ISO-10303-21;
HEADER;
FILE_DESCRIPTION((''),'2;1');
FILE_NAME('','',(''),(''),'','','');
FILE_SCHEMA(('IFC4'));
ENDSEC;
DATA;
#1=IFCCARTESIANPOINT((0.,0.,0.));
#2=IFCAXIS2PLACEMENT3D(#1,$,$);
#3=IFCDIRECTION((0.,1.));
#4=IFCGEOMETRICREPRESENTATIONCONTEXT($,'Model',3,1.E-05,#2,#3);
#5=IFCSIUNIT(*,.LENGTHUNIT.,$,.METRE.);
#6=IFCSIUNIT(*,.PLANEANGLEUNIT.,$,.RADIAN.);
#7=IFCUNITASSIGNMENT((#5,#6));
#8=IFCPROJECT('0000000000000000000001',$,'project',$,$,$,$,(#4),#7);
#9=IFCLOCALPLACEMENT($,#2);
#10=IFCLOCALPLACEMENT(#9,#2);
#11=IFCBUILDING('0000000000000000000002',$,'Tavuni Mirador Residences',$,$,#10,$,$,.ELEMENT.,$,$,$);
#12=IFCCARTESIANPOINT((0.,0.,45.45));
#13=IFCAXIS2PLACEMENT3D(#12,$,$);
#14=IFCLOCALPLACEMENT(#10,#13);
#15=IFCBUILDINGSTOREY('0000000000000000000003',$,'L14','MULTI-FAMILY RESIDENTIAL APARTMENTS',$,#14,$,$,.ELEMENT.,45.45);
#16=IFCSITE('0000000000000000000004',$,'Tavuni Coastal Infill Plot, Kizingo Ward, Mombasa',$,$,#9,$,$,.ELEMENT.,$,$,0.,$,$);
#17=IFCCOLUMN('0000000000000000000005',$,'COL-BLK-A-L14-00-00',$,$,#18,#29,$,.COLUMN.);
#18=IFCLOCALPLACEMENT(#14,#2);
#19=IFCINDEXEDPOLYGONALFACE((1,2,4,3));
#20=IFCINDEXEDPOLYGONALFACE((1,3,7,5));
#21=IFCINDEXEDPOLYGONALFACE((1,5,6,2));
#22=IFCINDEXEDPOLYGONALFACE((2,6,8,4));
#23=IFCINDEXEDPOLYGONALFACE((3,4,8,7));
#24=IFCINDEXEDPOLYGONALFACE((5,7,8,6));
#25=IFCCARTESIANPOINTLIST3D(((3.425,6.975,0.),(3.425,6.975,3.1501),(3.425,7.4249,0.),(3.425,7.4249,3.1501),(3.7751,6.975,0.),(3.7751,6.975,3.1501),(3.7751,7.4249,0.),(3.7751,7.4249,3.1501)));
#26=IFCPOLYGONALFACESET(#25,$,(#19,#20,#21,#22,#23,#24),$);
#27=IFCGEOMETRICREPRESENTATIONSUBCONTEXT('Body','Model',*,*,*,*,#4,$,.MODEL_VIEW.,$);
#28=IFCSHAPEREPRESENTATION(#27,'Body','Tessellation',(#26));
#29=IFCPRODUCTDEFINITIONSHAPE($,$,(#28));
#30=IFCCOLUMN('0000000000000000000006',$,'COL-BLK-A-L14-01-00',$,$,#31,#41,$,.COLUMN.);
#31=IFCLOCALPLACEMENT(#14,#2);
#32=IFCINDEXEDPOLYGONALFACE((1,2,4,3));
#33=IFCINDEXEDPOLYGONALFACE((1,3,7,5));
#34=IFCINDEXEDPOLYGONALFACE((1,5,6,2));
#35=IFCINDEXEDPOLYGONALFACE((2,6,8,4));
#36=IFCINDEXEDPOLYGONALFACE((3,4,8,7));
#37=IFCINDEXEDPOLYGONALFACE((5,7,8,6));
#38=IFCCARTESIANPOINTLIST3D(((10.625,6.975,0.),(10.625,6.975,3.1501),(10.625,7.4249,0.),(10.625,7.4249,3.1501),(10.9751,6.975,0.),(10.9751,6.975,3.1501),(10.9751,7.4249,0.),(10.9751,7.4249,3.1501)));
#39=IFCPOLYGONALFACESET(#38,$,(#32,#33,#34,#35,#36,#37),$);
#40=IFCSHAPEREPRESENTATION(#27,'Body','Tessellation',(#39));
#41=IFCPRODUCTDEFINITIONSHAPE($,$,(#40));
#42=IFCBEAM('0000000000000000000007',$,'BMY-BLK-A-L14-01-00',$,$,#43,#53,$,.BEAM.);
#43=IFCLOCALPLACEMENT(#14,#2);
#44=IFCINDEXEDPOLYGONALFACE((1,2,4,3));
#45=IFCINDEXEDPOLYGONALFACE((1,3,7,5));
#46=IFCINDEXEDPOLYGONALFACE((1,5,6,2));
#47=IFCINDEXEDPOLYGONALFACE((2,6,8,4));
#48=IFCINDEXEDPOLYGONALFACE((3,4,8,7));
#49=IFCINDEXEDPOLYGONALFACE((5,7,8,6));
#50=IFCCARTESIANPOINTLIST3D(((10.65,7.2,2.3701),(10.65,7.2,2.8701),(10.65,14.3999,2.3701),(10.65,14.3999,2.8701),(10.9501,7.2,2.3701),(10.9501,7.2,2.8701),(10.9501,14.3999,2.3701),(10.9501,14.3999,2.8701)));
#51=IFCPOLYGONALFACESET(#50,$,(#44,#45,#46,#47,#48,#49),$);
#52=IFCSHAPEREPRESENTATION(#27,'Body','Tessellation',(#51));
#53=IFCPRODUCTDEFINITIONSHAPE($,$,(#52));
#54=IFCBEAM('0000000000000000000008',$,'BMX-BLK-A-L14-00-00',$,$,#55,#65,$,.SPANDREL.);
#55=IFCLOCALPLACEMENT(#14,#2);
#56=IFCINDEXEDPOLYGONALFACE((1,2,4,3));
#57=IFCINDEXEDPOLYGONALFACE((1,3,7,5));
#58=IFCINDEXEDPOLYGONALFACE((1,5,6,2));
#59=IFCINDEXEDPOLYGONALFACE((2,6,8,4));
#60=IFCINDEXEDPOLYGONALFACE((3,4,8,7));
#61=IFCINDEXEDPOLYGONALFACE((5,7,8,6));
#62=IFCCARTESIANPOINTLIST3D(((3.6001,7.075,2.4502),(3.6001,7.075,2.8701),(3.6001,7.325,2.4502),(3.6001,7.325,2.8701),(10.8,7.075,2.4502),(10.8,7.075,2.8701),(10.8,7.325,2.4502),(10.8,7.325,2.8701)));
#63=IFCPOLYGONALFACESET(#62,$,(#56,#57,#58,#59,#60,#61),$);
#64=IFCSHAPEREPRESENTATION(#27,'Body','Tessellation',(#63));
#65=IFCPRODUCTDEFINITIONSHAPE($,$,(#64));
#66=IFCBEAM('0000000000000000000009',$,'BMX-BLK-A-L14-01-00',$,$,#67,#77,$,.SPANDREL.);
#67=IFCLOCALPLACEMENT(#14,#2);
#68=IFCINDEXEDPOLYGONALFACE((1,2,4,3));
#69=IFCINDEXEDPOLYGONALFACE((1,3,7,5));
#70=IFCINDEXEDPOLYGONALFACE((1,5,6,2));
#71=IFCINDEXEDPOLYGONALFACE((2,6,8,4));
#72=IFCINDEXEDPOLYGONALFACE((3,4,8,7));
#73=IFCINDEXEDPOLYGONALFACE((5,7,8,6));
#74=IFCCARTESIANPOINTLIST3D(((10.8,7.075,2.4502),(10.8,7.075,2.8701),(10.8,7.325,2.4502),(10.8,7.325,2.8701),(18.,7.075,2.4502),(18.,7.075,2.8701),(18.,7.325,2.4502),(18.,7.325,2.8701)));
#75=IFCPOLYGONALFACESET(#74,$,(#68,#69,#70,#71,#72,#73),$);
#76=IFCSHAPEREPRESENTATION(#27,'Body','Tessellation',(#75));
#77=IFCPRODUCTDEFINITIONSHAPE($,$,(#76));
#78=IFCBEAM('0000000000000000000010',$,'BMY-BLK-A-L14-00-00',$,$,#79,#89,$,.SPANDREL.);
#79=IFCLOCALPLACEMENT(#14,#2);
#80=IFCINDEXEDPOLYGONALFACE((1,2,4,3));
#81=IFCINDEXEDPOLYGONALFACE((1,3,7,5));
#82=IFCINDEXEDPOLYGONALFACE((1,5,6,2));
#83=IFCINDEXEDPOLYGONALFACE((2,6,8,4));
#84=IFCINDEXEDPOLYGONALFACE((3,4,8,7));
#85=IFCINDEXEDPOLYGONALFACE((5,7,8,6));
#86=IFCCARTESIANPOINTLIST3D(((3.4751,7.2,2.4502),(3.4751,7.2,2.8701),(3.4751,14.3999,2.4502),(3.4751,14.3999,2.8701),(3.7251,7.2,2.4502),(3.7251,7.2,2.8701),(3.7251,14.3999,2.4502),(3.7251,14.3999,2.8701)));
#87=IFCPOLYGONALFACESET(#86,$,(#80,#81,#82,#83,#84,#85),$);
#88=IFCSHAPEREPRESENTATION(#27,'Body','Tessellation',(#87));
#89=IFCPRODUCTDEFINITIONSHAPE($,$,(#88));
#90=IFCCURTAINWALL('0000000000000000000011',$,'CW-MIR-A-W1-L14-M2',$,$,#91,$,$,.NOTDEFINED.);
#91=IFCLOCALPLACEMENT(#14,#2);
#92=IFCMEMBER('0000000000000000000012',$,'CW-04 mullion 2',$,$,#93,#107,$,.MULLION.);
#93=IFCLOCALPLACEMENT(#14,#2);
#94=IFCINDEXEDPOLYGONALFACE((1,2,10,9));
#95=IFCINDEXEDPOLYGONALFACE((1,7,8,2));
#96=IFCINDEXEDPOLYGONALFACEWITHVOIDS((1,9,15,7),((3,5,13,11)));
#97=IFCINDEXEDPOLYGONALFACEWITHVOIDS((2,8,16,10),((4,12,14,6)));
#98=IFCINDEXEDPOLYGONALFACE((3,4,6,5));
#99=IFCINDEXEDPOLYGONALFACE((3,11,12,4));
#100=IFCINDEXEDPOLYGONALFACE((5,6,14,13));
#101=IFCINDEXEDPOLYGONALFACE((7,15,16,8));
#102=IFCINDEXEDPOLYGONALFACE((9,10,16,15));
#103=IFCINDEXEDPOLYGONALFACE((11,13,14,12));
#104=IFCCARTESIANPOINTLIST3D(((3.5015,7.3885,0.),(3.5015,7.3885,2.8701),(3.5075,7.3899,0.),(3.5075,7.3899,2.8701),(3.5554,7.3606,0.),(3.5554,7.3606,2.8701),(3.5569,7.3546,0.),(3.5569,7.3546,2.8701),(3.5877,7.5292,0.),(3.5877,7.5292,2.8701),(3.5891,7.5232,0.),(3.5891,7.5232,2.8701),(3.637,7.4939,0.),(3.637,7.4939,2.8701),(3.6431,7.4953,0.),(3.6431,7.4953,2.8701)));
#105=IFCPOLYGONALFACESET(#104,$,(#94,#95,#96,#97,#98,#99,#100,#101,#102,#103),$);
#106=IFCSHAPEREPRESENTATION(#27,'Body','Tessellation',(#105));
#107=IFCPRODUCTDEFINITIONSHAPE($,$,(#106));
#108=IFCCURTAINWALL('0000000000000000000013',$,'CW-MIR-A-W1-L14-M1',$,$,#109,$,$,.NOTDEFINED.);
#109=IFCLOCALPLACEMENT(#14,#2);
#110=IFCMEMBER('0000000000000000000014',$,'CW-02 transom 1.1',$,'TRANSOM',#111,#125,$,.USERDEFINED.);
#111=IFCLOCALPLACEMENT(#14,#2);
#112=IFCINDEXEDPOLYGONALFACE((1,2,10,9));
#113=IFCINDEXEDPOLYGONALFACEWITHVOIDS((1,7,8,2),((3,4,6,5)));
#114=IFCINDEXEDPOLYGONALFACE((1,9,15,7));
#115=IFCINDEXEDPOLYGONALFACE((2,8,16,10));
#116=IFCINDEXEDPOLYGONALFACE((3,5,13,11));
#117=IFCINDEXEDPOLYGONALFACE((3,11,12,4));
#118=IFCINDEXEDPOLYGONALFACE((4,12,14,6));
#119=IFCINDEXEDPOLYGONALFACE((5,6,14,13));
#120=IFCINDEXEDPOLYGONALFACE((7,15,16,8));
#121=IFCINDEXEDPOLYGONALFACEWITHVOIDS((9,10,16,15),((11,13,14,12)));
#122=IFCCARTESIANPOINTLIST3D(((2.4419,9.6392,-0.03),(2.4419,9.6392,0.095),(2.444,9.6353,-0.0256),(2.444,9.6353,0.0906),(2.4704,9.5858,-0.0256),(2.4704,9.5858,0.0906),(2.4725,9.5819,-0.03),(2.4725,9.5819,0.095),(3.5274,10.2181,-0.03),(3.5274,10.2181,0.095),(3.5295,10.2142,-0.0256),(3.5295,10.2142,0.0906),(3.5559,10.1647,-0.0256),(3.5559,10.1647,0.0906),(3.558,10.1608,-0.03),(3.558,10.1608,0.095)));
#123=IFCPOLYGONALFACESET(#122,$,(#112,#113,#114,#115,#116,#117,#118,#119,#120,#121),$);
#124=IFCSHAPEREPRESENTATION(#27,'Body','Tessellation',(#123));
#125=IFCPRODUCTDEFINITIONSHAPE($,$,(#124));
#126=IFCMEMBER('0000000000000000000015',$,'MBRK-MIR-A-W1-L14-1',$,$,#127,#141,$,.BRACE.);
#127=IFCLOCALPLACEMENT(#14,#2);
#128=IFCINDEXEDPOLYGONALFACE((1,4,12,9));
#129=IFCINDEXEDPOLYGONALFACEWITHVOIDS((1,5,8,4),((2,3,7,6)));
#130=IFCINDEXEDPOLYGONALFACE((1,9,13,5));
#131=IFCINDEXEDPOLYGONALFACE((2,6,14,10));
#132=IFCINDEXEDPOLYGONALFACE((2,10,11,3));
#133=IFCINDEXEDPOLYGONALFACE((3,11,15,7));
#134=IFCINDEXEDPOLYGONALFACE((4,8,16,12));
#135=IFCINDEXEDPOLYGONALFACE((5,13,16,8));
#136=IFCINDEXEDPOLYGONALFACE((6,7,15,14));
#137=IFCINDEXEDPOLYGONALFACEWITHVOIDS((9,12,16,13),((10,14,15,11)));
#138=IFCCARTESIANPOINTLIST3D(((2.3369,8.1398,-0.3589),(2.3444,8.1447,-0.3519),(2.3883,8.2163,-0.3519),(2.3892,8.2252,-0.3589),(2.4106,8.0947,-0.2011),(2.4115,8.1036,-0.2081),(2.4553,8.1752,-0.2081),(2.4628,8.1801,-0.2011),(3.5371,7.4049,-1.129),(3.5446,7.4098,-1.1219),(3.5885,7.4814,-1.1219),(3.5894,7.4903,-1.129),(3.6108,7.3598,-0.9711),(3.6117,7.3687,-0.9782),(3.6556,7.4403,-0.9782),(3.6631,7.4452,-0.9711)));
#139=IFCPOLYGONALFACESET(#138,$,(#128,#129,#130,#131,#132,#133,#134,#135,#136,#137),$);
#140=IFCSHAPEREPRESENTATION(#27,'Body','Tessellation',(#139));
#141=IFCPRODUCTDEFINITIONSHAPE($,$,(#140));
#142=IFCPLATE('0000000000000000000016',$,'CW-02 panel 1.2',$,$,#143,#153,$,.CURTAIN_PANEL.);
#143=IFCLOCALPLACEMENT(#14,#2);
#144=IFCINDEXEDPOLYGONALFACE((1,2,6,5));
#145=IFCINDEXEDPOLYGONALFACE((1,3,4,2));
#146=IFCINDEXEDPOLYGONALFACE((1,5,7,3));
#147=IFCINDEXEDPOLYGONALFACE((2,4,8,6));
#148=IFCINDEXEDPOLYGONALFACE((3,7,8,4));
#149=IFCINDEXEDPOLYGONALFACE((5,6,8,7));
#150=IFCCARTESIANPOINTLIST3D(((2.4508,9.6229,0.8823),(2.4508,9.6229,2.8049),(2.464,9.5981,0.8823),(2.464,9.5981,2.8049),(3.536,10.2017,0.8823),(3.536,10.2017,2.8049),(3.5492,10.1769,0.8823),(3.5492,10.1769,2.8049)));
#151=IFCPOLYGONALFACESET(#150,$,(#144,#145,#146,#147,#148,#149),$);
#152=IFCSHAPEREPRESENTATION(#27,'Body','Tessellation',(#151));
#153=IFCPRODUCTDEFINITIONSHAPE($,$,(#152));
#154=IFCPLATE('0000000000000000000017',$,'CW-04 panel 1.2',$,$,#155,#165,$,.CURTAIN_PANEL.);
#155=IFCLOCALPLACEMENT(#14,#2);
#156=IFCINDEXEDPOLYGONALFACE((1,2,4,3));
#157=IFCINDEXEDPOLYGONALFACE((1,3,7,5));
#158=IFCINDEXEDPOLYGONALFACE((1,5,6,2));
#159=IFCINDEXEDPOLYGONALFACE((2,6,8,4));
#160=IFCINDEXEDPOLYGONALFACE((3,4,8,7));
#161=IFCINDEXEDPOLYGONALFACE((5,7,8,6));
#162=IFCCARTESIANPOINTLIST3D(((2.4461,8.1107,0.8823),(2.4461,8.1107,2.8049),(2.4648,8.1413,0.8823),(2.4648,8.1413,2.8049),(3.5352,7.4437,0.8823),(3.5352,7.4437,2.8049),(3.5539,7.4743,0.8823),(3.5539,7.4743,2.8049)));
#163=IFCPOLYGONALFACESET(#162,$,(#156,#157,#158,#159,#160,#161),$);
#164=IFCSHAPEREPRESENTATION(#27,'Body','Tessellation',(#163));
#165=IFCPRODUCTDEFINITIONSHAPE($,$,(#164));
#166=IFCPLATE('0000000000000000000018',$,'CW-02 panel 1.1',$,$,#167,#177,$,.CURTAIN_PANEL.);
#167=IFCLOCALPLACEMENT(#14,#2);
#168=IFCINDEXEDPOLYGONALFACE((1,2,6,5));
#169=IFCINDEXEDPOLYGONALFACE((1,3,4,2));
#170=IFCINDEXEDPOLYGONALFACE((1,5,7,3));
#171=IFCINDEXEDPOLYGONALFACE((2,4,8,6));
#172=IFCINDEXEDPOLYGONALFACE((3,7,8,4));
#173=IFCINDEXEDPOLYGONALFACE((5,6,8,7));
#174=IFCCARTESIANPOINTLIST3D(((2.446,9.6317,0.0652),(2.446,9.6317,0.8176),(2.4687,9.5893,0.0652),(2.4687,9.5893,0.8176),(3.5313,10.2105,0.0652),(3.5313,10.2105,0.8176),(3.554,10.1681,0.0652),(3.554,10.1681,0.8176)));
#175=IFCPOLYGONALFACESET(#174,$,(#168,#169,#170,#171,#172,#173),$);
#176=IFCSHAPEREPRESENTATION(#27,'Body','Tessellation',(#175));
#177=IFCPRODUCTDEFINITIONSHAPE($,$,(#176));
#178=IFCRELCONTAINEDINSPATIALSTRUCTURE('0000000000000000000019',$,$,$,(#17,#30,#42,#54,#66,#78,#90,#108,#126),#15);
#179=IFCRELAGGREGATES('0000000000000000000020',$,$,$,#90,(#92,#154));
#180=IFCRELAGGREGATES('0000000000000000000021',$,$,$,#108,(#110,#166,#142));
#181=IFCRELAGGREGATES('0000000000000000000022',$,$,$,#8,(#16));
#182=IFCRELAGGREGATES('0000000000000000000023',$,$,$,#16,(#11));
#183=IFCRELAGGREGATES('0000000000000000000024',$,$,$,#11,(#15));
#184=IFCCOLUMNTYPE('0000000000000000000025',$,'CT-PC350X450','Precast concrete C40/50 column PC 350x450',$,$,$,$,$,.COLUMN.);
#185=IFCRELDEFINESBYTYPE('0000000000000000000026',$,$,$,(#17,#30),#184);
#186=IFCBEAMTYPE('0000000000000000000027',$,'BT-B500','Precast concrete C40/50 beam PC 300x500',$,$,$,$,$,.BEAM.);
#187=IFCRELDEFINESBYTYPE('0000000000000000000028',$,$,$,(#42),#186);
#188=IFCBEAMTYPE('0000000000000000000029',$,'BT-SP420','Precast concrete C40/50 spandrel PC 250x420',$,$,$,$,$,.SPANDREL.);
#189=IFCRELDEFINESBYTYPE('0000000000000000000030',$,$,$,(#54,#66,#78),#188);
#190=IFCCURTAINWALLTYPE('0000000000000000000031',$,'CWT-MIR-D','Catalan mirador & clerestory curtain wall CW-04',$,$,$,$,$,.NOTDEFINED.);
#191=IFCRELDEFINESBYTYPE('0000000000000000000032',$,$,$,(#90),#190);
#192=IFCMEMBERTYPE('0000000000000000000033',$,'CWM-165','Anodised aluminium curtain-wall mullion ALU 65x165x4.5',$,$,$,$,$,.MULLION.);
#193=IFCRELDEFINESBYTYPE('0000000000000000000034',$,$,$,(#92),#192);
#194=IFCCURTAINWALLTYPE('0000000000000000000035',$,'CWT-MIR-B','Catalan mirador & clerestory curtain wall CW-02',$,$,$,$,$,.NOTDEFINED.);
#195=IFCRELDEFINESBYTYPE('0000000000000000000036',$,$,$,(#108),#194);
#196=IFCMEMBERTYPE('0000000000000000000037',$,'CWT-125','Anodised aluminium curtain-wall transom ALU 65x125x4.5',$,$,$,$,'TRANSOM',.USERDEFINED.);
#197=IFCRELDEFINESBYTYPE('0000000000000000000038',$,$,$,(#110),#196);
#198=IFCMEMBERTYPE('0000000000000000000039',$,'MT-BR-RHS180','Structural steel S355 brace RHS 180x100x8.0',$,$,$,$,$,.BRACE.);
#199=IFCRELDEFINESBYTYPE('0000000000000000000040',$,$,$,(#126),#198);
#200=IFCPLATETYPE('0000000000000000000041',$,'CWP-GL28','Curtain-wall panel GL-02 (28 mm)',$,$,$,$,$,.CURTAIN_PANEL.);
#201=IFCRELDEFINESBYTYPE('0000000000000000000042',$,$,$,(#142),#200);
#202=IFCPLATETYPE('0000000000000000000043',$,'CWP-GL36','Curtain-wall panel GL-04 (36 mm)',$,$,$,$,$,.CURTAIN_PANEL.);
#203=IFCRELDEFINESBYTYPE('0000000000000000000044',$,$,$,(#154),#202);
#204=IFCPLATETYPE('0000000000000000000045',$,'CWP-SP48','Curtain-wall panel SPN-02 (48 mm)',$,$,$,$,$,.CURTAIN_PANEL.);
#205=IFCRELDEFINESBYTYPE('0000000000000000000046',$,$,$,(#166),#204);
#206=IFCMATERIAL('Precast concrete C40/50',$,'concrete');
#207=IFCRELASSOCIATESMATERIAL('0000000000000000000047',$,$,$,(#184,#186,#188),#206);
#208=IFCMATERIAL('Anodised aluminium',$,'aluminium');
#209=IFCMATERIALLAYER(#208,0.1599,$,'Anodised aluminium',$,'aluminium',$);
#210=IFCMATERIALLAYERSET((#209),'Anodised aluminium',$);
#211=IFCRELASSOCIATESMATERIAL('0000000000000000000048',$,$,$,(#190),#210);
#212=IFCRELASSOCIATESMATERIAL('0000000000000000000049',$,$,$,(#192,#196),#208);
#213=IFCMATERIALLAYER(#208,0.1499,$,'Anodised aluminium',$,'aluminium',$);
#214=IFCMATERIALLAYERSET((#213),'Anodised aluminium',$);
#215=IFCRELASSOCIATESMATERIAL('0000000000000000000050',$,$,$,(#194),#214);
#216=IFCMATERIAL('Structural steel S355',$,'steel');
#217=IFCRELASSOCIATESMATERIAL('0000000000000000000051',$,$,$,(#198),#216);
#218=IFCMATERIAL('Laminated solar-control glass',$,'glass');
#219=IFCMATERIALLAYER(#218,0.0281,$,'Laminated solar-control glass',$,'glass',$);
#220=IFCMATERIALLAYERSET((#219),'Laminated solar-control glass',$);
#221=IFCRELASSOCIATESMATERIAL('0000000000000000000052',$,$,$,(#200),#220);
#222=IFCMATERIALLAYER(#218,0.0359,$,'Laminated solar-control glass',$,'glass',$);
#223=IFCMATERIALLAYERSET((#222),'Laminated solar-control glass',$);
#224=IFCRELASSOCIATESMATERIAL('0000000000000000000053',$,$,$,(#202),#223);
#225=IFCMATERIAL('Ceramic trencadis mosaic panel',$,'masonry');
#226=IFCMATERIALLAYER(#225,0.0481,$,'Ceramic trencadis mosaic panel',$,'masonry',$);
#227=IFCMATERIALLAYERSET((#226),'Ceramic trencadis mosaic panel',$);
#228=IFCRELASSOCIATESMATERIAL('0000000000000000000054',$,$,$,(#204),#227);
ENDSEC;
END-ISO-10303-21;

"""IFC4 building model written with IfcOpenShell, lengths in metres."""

from ifc_helpers import new_model, si_unit, direction, frame, origin, origin_2d, place, context, subcontext, project, spatial, rectangle, hollow_rectangle, extrude, material, layer, layer_set, material_profile, profile_set, type_object, element, aggregate, save


model = new_model("IFC4")

# Units and contexts
model_context = context("Model", 3, precision=1e-05, world=origin(), true_north=direction((0.0, 1.0)))
body_context = subcontext(model_context, "Body", "Model", "MODEL_VIEW")
ifc_project = project(units=[si_unit("LENGTHUNIT", "METRE"), si_unit("PLANEANGLEUNIT", "RADIAN")], contexts=[model_context])

# Site, building, storey
site_placement = place(None, origin())
site = spatial("IfcSite", under=ifc_project, at=site_placement, Name="Tavuni Coastal Infill Plot, Kizingo Ward, Mombasa", CompositionType="ELEMENT", RefElevation=0.0)
building_placement = place(site_placement, origin())
building = spatial("IfcBuilding", under=site, at=building_placement, Name="Tavuni Mirador Residences", CompositionType="ELEMENT")
storey_placement = place(building_placement, frame((0.0, 0.0, 45.45)))
storey = spatial("IfcBuildingStorey", under=building, at=storey_placement, Name="L14", Description="MULTI-FAMILY RESIDENTIAL APARTMENTS", CompositionType="ELEMENT", Elevation=45.45)

# Columns
ifc_material_1 = material(Name="Precast concrete C40/50", Category="concrete")
ifc_material_profile_1 = material_profile(ifc_material_1, rectangle(XDim=0.3501, YDim=0.45, at=origin_2d()), Name="PC 350x450", Category="concrete")
ifc_profile_set_1 = profile_set([ifc_material_profile_1], Name="Precast concrete C40/50")
column_type = type_object("IfcColumnType", Name="CT-PC350X450", Description="Precast concrete C40/50 column PC 350x450", PredefinedType="COLUMN", material=ifc_profile_set_1)
for number, where, z_axis, x_axis, name in (
    (1, (3.6001, 7.2, 0.0), (0.0, 0.0, 1.0), (1.0, 0.0, 0.0), "COL-BLK-A-L14-00-00"),
    (2, (10.8, 7.2, 0.0), (0.0, 0.0, 1.0), (1.0, 0.0, 0.0), "COL-BLK-A-L14-01-00"),
):
    element("IfcColumn", number, at=place(storey_placement, frame(where, z_axis=z_axis, x_axis=x_axis)), inside=storey, type_object=column_type, Name=name, PredefinedType="COLUMN", context=body_context, shape_type="SweptSolid", body=[
        extrude(rectangle(XDim=0.3501, YDim=0.45, at=origin_2d()), origin(), (0.0, 0.0, 1.0), 3.1501),
    ])

# Beams
ifc_material_profile_2 = material_profile(ifc_material_1, rectangle(XDim=0.3, YDim=0.5, at=origin_2d()), Name="PC 300x500", Category="concrete")
ifc_profile_set_2 = profile_set([ifc_material_profile_2], Name="Precast concrete C40/50")
beam_type_1 = type_object("IfcBeamType", Name="BT-B500", Description="Precast concrete C40/50 beam PC 300x500", PredefinedType="BEAM", material=ifc_profile_set_2)
beam_placement = place(storey_placement, frame((10.8, 7.2, 2.6201), z_axis=(0.0, 1.0, 0.0), x_axis=(-1.0, 0.0, 0.0)))
element("IfcBeam", 3, at=beam_placement, inside=storey, type_object=beam_type_1, Name="BMY-BLK-A-L14-01-00", PredefinedType="BEAM", context=body_context, shape_type="SweptSolid", body=[
    extrude(rectangle(XDim=0.3, YDim=0.5, at=origin_2d()), origin(), (0.0, 0.0, 1.0), 7.2),
])
ifc_material_profile_3 = material_profile(ifc_material_1, rectangle(XDim=0.25, YDim=0.4199, at=origin_2d()), Name="PC 250x420", Category="concrete")
ifc_profile_set_3 = profile_set([ifc_material_profile_3], Name="Precast concrete C40/50")
beam_type_2 = type_object("IfcBeamType", Name="BT-SP420", Description="Precast concrete C40/50 spandrel PC 250x420", PredefinedType="SPANDREL", material=ifc_profile_set_3)
for number, where, z_axis, x_axis, name in (
    (4, (3.6001, 7.2, 2.6602), (1.0, 0.0, 0.0), (0.0, 1.0, 0.0), "BMX-BLK-A-L14-00-00"),
    (5, (10.8, 7.2, 2.6602), (1.0, 0.0, 0.0), (0.0, 1.0, 0.0), "BMX-BLK-A-L14-01-00"),
    (6, (3.6001, 7.2, 2.6602), (0.0, 1.0, 0.0), (-1.0, 0.0, 0.0), "BMY-BLK-A-L14-00-00"),
):
    element("IfcBeam", number, at=place(storey_placement, frame(where, z_axis=z_axis, x_axis=x_axis)), inside=storey, type_object=beam_type_2, Name=name, PredefinedType="SPANDREL", context=body_context, shape_type="SweptSolid", body=[
        extrude(rectangle(XDim=0.25, YDim=0.4199, at=origin_2d()), origin(), (0.0, 0.0, 1.0), 7.2),
    ])

# Curtain walls, members
ifc_material_2 = material(Name="Anodised aluminium", Category="aluminium")
ifc_layer_1 = layer(ifc_material_2, 0.1599, Name="Anodised aluminium", Category="aluminium")
ifc_layer_set_1 = layer_set([ifc_layer_1], Name="Anodised aluminium")
curtain_wall_type_1 = type_object("IfcCurtainWallType", Name="CWT-MIR-D", Description="Catalan mirador & clerestory curtain wall CW-04", PredefinedType="NOTDEFINED", material=ifc_layer_set_1)
curtain_wall_1_placement = place(storey_placement, origin())
curtain_wall_1 = element("IfcCurtainWall", 7, at=curtain_wall_1_placement, inside=storey, type_object=curtain_wall_type_1, Name="CW-MIR-A-W1-L14-M2", PredefinedType="NOTDEFINED")
ifc_material_profile_4 = material_profile(ifc_material_2, hollow_rectangle(XDim=0.0649, YDim=0.165, WallThickness=0.0044, at=origin_2d()), Name="ALU 65x165x4.5", Category="aluminium")
ifc_profile_set_4 = profile_set([ifc_material_profile_4], Name="Anodised aluminium")
member_type_1 = type_object("IfcMemberType", Name="CWM-165", Description="Anodised aluminium curtain-wall mullion ALU 65x165x4.5", PredefinedType="MULLION", material=ifc_profile_set_4)
member_1_placement = place(storey_placement, frame((3.5723, 7.4419, 0.0), z_axis=(0.0, 0.0, 1.0), x_axis=(0.852754, -0.522312, 0.0)))
member_1 = element("IfcMember", 8, at=member_1_placement, type_object=member_type_1, Name="CW-04 mullion 2", PredefinedType="MULLION", context=body_context, shape_type="SweptSolid", body=[
    extrude(hollow_rectangle(XDim=0.0649, YDim=0.165, WallThickness=0.0044, at=origin_2d()), origin(), (0.0, 0.0, 1.0), 2.8701),
])
ifc_layer_2 = layer(ifc_material_2, 0.1499, Name="Anodised aluminium", Category="aluminium")
ifc_layer_set_2 = layer_set([ifc_layer_2], Name="Anodised aluminium")
curtain_wall_type_2 = type_object("IfcCurtainWallType", Name="CWT-MIR-B", Description="Catalan mirador & clerestory curtain wall CW-02", PredefinedType="NOTDEFINED", material=ifc_layer_set_2)
curtain_wall_2_placement = place(storey_placement, origin())
curtain_wall_2 = element("IfcCurtainWall", 9, at=curtain_wall_2_placement, inside=storey, type_object=curtain_wall_type_2, Name="CW-MIR-A-W1-L14-M1", PredefinedType="NOTDEFINED")
ifc_material_profile_5 = material_profile(ifc_material_2, hollow_rectangle(XDim=0.0649, YDim=0.125, WallThickness=0.0044, at=origin_2d()), Name="ALU 65x125x4.5", Category="aluminium")
ifc_profile_set_5 = profile_set([ifc_material_profile_5], Name="Anodised aluminium")
member_type_2 = type_object("IfcMemberType", Name="CWT-125", Description="Anodised aluminium curtain-wall transom ALU 65x125x4.5", ElementType="TRANSOM", PredefinedType="USERDEFINED", material=ifc_profile_set_5)
member_2_placement = place(storey_placement, frame((3.5427, 10.1895, 0.0325), z_axis=(-0.882369, -0.470557, 0.0), x_axis=(0.470557, -0.882369, 0.0)))
member_2 = element("IfcMember", 10, at=member_2_placement, type_object=member_type_2, Name="CW-02 transom 1.1", ObjectType="TRANSOM", PredefinedType="USERDEFINED", context=body_context, shape_type="SweptSolid", body=[
    extrude(hollow_rectangle(XDim=0.0649, YDim=0.125, WallThickness=0.0044, at=origin_2d()), origin(), (0.0, 0.0, 1.0), 1.2302),
])

# Member
ifc_material_3 = material(Name="Structural steel S355", Category="steel")
ifc_material_profile_6 = material_profile(ifc_material_3, hollow_rectangle(XDim=0.1001, YDim=0.1799, WallThickness=0.0081, at=origin_2d()), Name="RHS 180x100x8.0", Category="steel")
ifc_profile_set_6 = profile_set([ifc_material_profile_6], Name="Structural steel S355")
member_type_3 = type_object("IfcMemberType", Name="MT-BR-RHS180", Description="Structural steel S355 brace RHS 180x100x8.0", PredefinedType="BRACE", material=ifc_profile_set_6)
member_3_placement = place(storey_placement, frame((3.6001, 7.425, -1.05), z_axis=(-0.748163, 0.45809, 0.480005), x_axis=(-0.52218, -0.852836, 0.0)))
element("IfcMember", 11, at=member_3_placement, inside=storey, type_object=member_type_3, Name="MBRK-MIR-A-W1-L14-1", PredefinedType="BRACE", context=body_context, shape_type="SweptSolid", body=[
    extrude(hollow_rectangle(XDim=0.1001, YDim=0.1799, WallThickness=0.0081, at=origin_2d()), origin(), (0.0, 0.0, 1.0), 1.6042),
])

# Plates
ifc_material_4 = material(Name="Laminated solar-control glass", Category="glass")
ifc_layer_3 = layer(ifc_material_4, 0.0281, Name="Laminated solar-control glass", Category="glass")
ifc_layer_set_3 = layer_set([ifc_layer_3], Name="Laminated solar-control glass")
plate_type_1 = type_object("IfcPlateType", Name="CWP-GL28", Description="Curtain-wall panel GL-02 (28 mm)", PredefinedType="CURTAIN_PANEL", material=ifc_layer_set_3)
plate_1_placement = place(storey_placement, frame((3.0, 9.8999, 0.8823), z_axis=(0.0, 0.0, 1.0), x_axis=(-0.882353, -0.470588, 0.0)))
plate_1 = element("IfcPlate", 12, at=plate_1_placement, type_object=plate_type_1, Name="CW-02 panel 1.2", PredefinedType="CURTAIN_PANEL", context=body_context, shape_type="SweptSolid", body=[
    extrude(rectangle(XDim=1.23, YDim=0.0281, at=origin_2d()), origin(), (0.0, 0.0, 1.0), 1.9226),
])
ifc_layer_4 = layer(ifc_material_4, 0.0359, Name="Laminated solar-control glass", Category="glass")
ifc_layer_set_4 = layer_set([ifc_layer_4], Name="Laminated solar-control glass")
plate_type_2 = type_object("IfcPlateType", Name="CWP-GL36", Description="Curtain-wall panel GL-04 (36 mm)", PredefinedType="CURTAIN_PANEL", material=ifc_layer_set_4)
plate_2_placement = place(storey_placement, frame((3.0, 7.7925, 0.8823), z_axis=(0.0, 0.0, 1.0), x_axis=(0.852754, -0.522312, 0.0)))
plate_2 = element("IfcPlate", 13, at=plate_2_placement, type_object=plate_type_2, Name="CW-04 panel 1.2", PredefinedType="CURTAIN_PANEL", context=body_context, shape_type="SweptSolid", body=[
    extrude(rectangle(XDim=1.2771, YDim=0.0359, at=origin_2d()), origin(), (0.0, 0.0, 1.0), 1.9226),
])
aggregate(curtain_wall_1, [member_1, plate_2])
ifc_material_5 = material(Name="Ceramic trencadis mosaic panel", Category="masonry")
ifc_layer_5 = layer(ifc_material_5, 0.0481, Name="Ceramic trencadis mosaic panel", Category="masonry")
ifc_layer_set_5 = layer_set([ifc_layer_5], Name="Ceramic trencadis mosaic panel")
plate_type_3 = type_object("IfcPlateType", Name="CWP-SP48", Description="Curtain-wall panel SPN-02 (48 mm)", PredefinedType="CURTAIN_PANEL", material=ifc_layer_set_5)
plate_3_placement = place(storey_placement, frame((3.0, 9.8999, 0.0652), z_axis=(0.0, 0.0, 1.0), x_axis=(-0.882353, -0.470588, 0.0)))
plate_3 = element("IfcPlate", 14, at=plate_3_placement, type_object=plate_type_3, Name="CW-02 panel 1.1", PredefinedType="CURTAIN_PANEL", context=body_context, shape_type="SweptSolid", body=[
    extrude(rectangle(XDim=1.23, YDim=0.0481, at=origin_2d()), origin(), (0.0, 0.0, 1.0), 0.7524),
])
aggregate(curtain_wall_2, [member_2, plate_3, plate_1])

save(model, "model.ifc")
